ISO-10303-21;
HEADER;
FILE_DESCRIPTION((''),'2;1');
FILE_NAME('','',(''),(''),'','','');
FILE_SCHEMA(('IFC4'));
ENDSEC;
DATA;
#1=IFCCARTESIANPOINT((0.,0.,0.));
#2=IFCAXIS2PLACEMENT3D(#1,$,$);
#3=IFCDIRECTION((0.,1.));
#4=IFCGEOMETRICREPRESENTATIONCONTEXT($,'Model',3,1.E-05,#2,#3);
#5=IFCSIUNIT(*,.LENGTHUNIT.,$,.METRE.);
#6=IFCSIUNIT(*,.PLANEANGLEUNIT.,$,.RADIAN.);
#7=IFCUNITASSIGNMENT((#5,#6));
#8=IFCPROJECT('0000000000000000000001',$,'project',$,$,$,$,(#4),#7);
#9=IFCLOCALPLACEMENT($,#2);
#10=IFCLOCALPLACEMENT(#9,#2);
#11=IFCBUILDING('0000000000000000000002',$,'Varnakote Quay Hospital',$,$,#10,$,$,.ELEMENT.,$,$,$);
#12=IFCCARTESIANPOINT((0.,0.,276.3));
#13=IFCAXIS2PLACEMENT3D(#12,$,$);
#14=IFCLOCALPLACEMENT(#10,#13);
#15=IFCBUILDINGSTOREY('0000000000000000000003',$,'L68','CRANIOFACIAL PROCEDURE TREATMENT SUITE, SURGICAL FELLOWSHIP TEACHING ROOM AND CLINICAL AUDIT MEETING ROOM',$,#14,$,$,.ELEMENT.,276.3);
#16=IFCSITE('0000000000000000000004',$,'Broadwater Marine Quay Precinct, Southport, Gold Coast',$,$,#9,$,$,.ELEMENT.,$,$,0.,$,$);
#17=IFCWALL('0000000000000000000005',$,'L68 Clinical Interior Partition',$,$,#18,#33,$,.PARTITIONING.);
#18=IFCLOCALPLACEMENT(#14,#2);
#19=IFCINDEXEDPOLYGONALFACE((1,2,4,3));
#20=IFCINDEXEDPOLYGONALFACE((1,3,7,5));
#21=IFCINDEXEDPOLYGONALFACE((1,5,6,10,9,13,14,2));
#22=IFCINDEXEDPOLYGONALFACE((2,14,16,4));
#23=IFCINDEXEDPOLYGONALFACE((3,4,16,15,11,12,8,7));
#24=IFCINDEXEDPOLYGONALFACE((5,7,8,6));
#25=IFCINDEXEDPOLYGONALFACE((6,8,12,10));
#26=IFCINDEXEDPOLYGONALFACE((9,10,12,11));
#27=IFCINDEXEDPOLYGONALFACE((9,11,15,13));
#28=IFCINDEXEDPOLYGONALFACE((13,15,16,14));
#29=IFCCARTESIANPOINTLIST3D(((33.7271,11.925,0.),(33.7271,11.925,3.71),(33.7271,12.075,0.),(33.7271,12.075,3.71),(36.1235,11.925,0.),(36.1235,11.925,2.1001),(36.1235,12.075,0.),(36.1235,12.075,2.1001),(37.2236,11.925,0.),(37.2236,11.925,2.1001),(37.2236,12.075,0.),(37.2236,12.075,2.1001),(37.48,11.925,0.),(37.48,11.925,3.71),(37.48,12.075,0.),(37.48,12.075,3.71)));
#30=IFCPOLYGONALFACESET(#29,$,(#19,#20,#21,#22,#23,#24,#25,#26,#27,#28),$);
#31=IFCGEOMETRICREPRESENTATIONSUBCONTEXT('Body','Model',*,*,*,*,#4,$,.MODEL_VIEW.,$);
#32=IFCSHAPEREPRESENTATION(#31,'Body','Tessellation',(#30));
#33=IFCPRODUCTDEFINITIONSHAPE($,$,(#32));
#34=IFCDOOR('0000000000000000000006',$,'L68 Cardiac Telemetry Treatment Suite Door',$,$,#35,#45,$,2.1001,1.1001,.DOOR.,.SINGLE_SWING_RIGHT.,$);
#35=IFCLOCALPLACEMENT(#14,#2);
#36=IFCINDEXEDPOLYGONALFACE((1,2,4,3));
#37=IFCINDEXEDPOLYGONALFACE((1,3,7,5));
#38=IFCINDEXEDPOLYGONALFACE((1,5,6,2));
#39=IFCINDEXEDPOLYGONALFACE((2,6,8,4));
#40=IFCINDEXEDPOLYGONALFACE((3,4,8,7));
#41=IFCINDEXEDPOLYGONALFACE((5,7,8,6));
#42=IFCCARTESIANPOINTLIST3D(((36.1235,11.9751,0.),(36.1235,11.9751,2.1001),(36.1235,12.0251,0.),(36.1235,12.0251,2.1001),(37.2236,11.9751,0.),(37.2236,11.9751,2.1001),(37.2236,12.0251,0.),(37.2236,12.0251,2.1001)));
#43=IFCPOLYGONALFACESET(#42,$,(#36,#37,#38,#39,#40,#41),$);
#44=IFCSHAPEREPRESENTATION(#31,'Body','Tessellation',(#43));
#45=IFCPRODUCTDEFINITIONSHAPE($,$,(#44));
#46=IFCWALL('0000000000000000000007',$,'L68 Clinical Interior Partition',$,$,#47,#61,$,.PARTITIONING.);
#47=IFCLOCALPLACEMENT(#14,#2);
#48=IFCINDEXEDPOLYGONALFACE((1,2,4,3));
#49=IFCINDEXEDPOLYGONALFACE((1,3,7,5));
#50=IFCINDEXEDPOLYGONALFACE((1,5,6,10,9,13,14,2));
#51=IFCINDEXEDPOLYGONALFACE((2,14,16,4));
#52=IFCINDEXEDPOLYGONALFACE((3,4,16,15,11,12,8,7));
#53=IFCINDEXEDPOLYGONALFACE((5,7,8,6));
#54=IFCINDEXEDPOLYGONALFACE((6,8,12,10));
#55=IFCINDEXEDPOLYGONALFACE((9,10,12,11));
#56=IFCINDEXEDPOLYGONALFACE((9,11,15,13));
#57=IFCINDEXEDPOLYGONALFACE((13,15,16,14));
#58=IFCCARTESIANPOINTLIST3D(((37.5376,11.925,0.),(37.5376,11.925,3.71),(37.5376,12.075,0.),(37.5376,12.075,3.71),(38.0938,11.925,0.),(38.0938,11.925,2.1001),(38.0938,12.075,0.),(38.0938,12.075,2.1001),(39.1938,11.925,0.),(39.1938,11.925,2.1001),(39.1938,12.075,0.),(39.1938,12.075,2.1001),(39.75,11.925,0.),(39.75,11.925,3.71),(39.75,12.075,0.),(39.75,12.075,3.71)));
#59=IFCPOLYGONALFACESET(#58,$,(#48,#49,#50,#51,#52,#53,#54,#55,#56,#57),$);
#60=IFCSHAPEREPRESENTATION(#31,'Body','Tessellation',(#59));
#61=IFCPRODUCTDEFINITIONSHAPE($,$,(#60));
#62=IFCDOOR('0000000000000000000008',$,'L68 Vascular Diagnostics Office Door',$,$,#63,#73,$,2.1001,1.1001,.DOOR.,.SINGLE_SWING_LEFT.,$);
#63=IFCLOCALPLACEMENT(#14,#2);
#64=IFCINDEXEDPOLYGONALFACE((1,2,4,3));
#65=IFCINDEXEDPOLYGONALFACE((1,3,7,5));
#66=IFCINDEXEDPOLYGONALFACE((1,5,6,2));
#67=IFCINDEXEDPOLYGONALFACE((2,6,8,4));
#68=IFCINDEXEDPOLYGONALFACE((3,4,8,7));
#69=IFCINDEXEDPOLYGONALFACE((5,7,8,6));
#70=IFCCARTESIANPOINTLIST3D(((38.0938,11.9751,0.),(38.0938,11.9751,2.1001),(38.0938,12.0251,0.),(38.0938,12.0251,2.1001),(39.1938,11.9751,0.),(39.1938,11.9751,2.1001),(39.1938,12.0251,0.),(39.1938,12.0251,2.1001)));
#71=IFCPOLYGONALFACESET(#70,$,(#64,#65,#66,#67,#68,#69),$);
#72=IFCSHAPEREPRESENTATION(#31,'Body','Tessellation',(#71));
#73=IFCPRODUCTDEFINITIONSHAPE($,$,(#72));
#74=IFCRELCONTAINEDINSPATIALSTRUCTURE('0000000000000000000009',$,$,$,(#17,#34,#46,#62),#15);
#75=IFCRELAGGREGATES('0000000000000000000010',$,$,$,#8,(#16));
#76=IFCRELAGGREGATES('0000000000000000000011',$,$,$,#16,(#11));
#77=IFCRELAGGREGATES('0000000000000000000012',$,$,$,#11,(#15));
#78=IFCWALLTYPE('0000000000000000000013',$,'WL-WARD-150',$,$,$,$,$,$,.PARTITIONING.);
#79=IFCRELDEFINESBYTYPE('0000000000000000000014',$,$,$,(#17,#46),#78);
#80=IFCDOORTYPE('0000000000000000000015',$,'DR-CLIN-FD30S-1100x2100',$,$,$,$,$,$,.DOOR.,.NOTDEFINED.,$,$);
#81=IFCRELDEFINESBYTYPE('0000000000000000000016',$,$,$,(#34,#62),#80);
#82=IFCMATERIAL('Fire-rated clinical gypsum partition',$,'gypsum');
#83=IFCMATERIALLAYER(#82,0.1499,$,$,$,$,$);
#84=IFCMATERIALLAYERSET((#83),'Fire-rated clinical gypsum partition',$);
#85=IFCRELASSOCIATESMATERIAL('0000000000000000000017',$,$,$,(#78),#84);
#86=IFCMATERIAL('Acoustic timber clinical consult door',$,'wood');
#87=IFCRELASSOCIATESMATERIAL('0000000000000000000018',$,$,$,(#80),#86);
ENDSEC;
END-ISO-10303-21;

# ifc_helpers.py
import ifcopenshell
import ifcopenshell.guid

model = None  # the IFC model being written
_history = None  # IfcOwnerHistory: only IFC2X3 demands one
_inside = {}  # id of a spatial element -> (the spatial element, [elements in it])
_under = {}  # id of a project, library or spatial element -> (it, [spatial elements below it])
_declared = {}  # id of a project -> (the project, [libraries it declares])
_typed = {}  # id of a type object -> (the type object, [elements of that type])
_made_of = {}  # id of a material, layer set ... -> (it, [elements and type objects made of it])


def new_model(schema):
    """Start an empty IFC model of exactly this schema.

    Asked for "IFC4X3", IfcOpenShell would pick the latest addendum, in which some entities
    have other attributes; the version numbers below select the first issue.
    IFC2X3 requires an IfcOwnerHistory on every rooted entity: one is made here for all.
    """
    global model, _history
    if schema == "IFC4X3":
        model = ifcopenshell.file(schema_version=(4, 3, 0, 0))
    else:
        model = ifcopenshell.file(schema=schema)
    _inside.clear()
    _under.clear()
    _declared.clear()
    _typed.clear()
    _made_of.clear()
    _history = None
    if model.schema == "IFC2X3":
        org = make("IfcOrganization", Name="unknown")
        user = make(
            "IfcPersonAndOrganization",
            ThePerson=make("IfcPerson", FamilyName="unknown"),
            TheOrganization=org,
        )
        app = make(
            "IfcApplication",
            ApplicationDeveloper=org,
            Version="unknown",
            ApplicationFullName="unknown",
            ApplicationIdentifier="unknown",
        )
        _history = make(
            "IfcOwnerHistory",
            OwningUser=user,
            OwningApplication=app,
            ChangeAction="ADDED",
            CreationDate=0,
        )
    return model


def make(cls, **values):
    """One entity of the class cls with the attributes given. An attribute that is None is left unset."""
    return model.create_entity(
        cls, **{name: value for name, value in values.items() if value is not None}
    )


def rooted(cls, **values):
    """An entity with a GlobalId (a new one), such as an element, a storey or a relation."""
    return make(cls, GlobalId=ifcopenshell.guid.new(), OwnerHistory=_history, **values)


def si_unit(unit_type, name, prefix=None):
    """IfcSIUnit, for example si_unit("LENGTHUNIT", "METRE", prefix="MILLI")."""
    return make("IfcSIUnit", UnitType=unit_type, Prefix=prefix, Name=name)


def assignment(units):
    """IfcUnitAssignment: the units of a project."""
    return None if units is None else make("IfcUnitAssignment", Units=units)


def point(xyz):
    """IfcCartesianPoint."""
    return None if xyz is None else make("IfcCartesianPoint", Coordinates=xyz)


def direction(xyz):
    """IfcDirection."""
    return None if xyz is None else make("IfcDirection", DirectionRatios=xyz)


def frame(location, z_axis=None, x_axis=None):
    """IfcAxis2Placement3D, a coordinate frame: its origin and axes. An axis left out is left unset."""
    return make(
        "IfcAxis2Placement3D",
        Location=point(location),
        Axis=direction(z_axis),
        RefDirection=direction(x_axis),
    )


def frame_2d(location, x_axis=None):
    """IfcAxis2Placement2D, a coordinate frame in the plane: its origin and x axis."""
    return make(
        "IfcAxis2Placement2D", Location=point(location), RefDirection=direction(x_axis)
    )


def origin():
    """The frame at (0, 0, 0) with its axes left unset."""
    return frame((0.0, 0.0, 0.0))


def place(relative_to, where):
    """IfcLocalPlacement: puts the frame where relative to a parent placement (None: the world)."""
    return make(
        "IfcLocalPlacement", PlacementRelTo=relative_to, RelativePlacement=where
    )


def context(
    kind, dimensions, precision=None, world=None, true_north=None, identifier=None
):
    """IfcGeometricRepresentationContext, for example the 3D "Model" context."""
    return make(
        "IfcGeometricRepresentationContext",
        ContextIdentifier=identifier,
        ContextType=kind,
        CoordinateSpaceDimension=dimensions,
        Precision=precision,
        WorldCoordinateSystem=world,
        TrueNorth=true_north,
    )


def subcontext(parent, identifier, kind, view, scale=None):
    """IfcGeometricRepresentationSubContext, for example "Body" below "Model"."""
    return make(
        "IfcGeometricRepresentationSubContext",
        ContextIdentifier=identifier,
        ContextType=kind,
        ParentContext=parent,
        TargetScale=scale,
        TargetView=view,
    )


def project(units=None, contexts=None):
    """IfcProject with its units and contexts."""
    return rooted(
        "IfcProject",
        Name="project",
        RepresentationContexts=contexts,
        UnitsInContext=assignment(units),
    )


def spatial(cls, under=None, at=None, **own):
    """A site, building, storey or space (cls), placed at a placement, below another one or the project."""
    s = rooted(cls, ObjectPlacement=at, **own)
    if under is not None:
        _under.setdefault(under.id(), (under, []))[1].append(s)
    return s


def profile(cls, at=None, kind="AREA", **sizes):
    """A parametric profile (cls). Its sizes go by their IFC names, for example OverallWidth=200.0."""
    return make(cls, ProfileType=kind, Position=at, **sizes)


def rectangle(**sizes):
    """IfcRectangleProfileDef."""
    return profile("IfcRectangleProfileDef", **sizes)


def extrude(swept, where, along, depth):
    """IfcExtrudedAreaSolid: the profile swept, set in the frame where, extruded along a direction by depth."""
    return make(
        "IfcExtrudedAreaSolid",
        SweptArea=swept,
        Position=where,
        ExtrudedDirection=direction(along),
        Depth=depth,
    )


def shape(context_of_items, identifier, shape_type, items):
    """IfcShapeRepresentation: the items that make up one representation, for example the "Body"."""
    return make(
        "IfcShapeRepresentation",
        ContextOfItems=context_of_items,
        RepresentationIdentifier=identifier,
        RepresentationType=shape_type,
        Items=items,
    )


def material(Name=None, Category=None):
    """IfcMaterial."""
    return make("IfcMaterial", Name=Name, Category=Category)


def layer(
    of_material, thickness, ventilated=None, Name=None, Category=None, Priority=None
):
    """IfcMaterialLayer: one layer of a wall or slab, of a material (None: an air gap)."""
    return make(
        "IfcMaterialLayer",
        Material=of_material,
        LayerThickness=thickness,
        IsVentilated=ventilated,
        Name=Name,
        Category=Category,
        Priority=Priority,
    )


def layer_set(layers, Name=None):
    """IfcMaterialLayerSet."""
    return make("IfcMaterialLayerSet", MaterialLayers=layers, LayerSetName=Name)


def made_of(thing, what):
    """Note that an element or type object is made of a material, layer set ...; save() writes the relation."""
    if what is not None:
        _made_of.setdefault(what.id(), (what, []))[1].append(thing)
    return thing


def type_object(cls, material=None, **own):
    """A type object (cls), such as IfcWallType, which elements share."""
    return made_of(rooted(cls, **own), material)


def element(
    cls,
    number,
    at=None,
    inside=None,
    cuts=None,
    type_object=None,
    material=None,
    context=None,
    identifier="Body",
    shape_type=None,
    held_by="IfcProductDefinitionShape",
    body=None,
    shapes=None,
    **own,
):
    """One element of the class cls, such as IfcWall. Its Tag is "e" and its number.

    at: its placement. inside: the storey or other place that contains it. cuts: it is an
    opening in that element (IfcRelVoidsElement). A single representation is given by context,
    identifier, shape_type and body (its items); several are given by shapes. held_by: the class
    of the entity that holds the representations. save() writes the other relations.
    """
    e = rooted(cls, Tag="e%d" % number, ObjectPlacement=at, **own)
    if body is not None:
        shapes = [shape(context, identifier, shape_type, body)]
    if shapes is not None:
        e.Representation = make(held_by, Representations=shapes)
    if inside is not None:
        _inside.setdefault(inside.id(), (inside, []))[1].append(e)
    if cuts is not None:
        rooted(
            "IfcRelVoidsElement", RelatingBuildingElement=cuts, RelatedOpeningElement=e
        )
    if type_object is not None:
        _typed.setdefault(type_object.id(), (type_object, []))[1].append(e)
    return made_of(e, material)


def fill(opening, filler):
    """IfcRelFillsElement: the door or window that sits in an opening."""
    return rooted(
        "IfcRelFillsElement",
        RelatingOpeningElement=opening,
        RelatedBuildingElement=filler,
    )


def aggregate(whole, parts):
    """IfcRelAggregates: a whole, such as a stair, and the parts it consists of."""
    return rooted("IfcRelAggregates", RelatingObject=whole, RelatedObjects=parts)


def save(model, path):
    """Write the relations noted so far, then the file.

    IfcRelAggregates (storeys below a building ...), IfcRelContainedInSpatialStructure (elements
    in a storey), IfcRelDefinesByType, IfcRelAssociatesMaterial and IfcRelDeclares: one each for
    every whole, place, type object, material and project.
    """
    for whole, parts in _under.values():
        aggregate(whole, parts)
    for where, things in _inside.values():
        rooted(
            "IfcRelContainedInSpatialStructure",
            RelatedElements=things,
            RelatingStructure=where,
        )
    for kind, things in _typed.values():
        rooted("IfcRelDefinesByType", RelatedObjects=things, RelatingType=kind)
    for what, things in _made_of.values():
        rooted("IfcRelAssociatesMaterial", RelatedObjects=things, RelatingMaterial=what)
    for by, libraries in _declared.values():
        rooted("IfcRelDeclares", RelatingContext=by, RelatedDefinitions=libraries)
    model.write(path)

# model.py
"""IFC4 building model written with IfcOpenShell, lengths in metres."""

from ifc_helpers import new_model, si_unit, direction, frame, frame_2d, origin, place, context, subcontext, project, spatial, rectangle, extrude, material, layer, layer_set, type_object, element, fill, save


model = new_model("IFC4")

# Units and contexts
model_context = context("Model", 3, precision=1e-05, world=origin(), true_north=direction((0.0, 1.0)))
body_context = subcontext(model_context, "Body", "Model", "MODEL_VIEW")
ifc_project = project(units=[si_unit("LENGTHUNIT", "METRE"), si_unit("PLANEANGLEUNIT", "RADIAN")], contexts=[model_context])

# Site, building, storey
site_placement = place(None, origin())
site = spatial("IfcSite", under=ifc_project, at=site_placement, Name="Broadwater Marine Quay Precinct, Southport, Gold Coast", CompositionType="ELEMENT", RefElevation=0.0)
building_placement = place(site_placement, origin())
building = spatial("IfcBuilding", under=site, at=building_placement, Name="Varnakote Quay Hospital", CompositionType="ELEMENT")
storey_placement = place(building_placement, frame((0.0, 0.0, 276.3)))
storey = spatial("IfcBuildingStorey", under=building, at=storey_placement, Name="L68", Description="CRANIOFACIAL PROCEDURE TREATMENT SUITE, SURGICAL FELLOWSHIP TEACHING ROOM AND CLINICAL AUDIT MEETING ROOM", CompositionType="ELEMENT", Elevation=276.3)

# Walls, openings, doors
ifc_material_1 = material(Name="Fire-rated clinical gypsum partition", Category="gypsum")
ifc_layer_1 = layer(ifc_material_1, 0.1499)
ifc_layer_set_1 = layer_set([ifc_layer_1], Name="Fire-rated clinical gypsum partition")
wall_type_1 = type_object("IfcWallType", Name="WL-WARD-150", PredefinedType="PARTITIONING", material=ifc_layer_set_1)
ifc_material_2 = material(Name="Acoustic timber clinical consult door", Category="wood")
door_type_1 = type_object("IfcDoorType", Name="DR-CLIN-FD30S-1100x2100", OperationType="NOTDEFINED", PredefinedType="DOOR", material=ifc_material_2)
wall_1_placement = place(storey_placement, frame((37.48, 12.0, 0.0), z_axis=(0.0, 0.0, 1.0), x_axis=(-1.0, 0.0, 0.0)))
wall_1 = element("IfcWall", 1, at=wall_1_placement, inside=storey, type_object=wall_type_1, Name="L68 Clinical Interior Partition", PredefinedType="PARTITIONING", context=body_context, shape_type="SweptSolid", body=[
    extrude(rectangle(XDim=3.7529, YDim=0.1499, at=frame_2d((1.8765, 0.0))), origin(), (0.0, 0.0, 1.0), 3.71),
])
opening_1_placement = place(wall_1_placement, frame((0.2563, 0.0, 0.0)))
opening_1 = element("IfcOpeningElement", 2, at=opening_1_placement, cuts=wall_1, PredefinedType="OPENING", context=body_context, shape_type="SweptSolid", body=[
    extrude(rectangle(XDim=1.1001, YDim=2.1001, at=frame_2d((0.55, 1.05))), frame((0.0, 0.085, 0.0), z_axis=(0.0, -1.0, 0.0), x_axis=(1.0, 0.0, 0.0)), (0.0, 0.0, 1.0), 0.1699),
])
door_1_placement = place(opening_1_placement, origin())
door_1 = element("IfcDoor", 3, at=door_1_placement, inside=storey, type_object=door_type_1, Name="L68 Cardiac Telemetry Treatment Suite Door", OperationType="SINGLE_SWING_RIGHT", OverallHeight=2.1001, OverallWidth=1.1001, PredefinedType="DOOR", context=body_context, shape_type="SweptSolid", body=[
    extrude(rectangle(XDim=1.1001, YDim=2.1001, at=frame_2d((0.55, 1.05))), frame((0.0, 0.0249, 0.0), z_axis=(0.0, -1.0, 0.0), x_axis=(1.0, 0.0, 0.0)), (0.0, 0.0, 1.0), 0.05),
])
fill(opening_1, door_1)
wall_2_placement = place(storey_placement, frame((39.75, 12.0, 0.0), z_axis=(0.0, 0.0, 1.0), x_axis=(-1.0, 0.0, 0.0)))
wall_2 = element("IfcWall", 4, at=wall_2_placement, inside=storey, type_object=wall_type_1, Name="L68 Clinical Interior Partition", PredefinedType="PARTITIONING", context=body_context, shape_type="SweptSolid", body=[
    extrude(rectangle(XDim=2.2124, YDim=0.1499, at=frame_2d((1.1062, 0.0))), origin(), (0.0, 0.0, 1.0), 3.71),
])
opening_2_placement = place(wall_2_placement, frame((0.5562, 0.0, 0.0)))
opening_2 = element("IfcOpeningElement", 5, at=opening_2_placement, cuts=wall_2, PredefinedType="OPENING", context=body_context, shape_type="SweptSolid", body=[
    extrude(rectangle(XDim=1.1001, YDim=2.1001, at=frame_2d((0.55, 1.05))), frame((0.0, 0.085, 0.0), z_axis=(0.0, -1.0, 0.0), x_axis=(1.0, 0.0, 0.0)), (0.0, 0.0, 1.0), 0.1699),
])
door_2_placement = place(opening_2_placement, origin())
door_2 = element("IfcDoor", 6, at=door_2_placement, inside=storey, type_object=door_type_1, Name="L68 Vascular Diagnostics Office Door", OperationType="SINGLE_SWING_LEFT", OverallHeight=2.1001, OverallWidth=1.1001, PredefinedType="DOOR", context=body_context, shape_type="SweptSolid", body=[
    extrude(rectangle(XDim=1.1001, YDim=2.1001, at=frame_2d((0.55, 1.05))), frame((0.0, 0.0249, 0.0), z_axis=(0.0, -1.0, 0.0), x_axis=(1.0, 0.0, 0.0)), (0.0, 0.0, 1.0), 0.05),
])
fill(opening_2, door_2)

save(model, "model.ifc")
